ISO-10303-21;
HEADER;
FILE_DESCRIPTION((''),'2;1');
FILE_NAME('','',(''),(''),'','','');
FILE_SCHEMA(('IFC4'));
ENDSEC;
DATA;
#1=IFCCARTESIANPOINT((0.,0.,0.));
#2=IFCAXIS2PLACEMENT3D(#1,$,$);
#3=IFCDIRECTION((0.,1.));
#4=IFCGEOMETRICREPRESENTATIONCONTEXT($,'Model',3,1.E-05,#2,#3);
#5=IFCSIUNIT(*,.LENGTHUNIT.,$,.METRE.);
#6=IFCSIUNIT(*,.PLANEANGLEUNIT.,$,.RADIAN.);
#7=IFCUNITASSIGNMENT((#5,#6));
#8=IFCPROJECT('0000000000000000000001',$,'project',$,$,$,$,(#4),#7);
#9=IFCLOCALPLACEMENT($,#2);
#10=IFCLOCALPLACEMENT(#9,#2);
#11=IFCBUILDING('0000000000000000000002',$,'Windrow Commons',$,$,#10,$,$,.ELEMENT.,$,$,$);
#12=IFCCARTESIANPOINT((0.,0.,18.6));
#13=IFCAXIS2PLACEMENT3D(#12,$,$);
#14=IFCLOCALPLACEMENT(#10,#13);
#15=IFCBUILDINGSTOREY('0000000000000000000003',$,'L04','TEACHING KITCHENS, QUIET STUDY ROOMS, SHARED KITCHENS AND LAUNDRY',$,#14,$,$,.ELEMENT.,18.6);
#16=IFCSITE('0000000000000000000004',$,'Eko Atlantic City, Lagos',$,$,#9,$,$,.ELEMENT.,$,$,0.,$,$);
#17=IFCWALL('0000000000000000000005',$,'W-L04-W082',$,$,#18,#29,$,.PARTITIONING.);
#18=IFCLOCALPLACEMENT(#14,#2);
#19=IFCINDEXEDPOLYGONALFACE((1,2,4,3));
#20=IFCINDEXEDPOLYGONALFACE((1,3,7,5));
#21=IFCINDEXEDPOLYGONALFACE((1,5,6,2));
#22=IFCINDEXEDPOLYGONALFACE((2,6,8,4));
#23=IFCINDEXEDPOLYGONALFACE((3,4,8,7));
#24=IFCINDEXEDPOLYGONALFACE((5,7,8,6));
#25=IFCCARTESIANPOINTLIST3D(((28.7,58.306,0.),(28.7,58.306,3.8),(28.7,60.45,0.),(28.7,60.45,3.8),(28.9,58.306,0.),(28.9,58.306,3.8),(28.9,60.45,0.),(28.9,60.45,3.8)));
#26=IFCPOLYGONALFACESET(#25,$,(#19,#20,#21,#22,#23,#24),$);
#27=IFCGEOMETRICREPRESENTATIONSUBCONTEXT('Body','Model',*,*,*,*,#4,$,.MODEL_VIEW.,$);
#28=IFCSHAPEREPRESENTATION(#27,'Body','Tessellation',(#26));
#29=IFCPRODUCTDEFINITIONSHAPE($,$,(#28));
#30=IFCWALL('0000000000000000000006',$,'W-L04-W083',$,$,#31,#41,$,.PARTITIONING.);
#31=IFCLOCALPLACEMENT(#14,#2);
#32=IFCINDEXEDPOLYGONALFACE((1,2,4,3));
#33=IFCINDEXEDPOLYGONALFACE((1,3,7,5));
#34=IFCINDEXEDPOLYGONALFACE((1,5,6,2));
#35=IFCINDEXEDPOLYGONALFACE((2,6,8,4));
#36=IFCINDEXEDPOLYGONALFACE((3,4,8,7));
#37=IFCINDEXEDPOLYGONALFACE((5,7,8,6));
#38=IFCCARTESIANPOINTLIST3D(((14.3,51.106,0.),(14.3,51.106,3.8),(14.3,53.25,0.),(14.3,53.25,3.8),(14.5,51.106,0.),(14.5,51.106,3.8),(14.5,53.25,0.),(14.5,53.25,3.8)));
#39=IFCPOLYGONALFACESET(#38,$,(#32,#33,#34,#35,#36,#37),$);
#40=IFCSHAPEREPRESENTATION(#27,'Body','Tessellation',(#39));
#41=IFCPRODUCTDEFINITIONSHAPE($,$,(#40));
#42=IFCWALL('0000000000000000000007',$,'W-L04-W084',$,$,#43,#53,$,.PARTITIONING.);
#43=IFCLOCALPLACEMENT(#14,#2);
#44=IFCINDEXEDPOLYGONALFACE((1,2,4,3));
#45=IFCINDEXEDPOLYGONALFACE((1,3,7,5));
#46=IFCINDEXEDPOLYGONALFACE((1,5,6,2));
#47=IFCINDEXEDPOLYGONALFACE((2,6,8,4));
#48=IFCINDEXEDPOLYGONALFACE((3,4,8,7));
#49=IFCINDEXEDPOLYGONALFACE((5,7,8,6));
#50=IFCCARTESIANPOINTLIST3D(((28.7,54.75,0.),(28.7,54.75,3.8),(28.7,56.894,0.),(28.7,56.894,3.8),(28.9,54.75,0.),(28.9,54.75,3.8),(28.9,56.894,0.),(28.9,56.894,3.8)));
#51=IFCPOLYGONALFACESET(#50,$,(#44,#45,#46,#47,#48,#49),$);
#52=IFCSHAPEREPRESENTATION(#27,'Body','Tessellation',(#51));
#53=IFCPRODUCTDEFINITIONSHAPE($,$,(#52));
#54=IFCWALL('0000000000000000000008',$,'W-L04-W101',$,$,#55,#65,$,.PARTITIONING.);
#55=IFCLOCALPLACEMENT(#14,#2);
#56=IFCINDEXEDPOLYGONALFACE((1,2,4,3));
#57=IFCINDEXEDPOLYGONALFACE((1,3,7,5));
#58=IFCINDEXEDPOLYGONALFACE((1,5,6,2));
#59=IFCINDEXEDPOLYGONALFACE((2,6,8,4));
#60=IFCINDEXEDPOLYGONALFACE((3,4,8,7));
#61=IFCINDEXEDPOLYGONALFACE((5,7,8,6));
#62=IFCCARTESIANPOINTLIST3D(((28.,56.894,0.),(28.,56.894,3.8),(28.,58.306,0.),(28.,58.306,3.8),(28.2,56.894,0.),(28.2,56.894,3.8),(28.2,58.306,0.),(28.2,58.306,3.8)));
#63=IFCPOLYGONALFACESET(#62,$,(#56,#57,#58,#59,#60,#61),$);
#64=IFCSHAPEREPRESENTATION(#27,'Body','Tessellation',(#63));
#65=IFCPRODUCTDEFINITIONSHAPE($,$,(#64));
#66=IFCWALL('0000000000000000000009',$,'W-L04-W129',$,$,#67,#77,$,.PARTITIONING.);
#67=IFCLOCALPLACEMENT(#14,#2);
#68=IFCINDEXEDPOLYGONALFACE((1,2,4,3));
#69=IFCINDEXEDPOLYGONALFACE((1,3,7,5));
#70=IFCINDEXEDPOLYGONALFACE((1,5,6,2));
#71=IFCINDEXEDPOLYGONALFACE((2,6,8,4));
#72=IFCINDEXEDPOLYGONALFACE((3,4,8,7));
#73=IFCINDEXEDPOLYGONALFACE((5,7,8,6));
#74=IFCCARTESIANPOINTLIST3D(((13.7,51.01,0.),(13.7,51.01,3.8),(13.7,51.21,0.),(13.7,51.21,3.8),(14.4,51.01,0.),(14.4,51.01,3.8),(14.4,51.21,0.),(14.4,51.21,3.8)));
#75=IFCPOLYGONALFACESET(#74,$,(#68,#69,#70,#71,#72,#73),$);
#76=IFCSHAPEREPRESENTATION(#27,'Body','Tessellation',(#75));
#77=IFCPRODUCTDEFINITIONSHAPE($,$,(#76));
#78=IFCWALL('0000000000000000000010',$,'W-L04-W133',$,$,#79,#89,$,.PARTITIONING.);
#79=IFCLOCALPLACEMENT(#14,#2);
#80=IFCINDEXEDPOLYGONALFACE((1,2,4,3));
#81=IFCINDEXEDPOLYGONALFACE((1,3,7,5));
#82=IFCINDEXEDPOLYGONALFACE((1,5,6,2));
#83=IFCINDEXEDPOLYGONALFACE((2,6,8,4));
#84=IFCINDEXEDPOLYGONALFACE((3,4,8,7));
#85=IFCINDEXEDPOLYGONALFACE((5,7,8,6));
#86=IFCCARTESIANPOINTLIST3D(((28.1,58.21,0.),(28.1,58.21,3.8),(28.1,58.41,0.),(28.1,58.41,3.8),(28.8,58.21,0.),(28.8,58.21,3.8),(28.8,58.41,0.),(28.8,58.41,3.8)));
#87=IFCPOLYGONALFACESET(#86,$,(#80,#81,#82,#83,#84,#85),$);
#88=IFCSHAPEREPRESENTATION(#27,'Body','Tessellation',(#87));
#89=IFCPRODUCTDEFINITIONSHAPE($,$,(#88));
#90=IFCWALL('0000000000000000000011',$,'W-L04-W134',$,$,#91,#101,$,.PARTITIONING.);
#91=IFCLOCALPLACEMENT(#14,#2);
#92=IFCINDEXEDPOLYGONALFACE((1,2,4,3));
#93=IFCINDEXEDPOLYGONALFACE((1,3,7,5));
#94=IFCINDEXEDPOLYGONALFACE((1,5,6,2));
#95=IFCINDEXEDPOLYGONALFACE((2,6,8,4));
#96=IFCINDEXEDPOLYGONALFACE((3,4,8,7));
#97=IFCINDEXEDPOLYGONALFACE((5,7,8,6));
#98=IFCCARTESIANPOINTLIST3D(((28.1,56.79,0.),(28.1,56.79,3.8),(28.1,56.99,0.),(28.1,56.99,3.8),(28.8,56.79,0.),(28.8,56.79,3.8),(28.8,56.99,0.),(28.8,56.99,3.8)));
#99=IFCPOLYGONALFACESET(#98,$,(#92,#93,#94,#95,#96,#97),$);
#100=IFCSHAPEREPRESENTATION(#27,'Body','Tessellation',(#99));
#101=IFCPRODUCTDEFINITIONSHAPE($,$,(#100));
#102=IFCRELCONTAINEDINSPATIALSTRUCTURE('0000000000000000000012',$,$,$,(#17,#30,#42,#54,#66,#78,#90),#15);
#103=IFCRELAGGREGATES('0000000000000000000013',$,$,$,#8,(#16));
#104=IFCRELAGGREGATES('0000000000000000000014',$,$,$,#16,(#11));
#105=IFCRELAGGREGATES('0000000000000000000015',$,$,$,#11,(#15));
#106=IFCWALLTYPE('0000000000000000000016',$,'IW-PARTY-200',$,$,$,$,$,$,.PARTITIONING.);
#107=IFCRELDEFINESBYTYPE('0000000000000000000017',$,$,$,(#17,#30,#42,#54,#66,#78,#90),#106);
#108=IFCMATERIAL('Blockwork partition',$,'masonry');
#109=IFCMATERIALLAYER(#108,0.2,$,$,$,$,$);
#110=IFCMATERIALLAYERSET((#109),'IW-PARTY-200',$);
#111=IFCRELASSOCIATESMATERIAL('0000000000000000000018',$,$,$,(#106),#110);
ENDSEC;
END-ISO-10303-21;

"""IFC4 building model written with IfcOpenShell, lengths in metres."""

from ifc_helpers import new_model, si_unit, direction, frame, frame_2d, origin, place, context, subcontext, project, spatial, rectangle, extrude, material, layer, layer_set, type_object, element, save


model = new_model("IFC4")

# Units and contexts
model_context = context("Model", 3, precision=1e-05, world=origin(), true_north=direction((0.0, 1.0)))
body_context = subcontext(model_context, "Body", "Model", "MODEL_VIEW")
ifc_project = project(units=[si_unit("LENGTHUNIT", "METRE"), si_unit("PLANEANGLEUNIT", "RADIAN")], contexts=[model_context])

# Site, building, storey
site_placement = place(None, origin())
site = spatial("IfcSite", under=ifc_project, at=site_placement, Name="Eko Atlantic City, Lagos", CompositionType="ELEMENT", RefElevation=0.0)
building_placement = place(site_placement, origin())
building = spatial("IfcBuilding", under=site, at=building_placement, Name="Windrow Commons", CompositionType="ELEMENT")
storey_placement = place(building_placement, frame((0.0, 0.0, 18.6)))
storey = spatial("IfcBuildingStorey", under=building, at=storey_placement, Name="L04", Description="TEACHING KITCHENS, QUIET STUDY ROOMS, SHARED KITCHENS AND LAUNDRY", CompositionType="ELEMENT", Elevation=18.6)

# Walls
ifc_material_1 = material(Name="Blockwork partition", Category="masonry")
ifc_layer = layer(ifc_material_1, 0.2)
ifc_layer_set = layer_set([ifc_layer], Name="IW-PARTY-200")
wall_type = type_object("IfcWallType", Name="IW-PARTY-200", PredefinedType="PARTITIONING", material=ifc_layer_set)
for number, where, z_axis, x_axis, name in (
    (1, (28.8, 58.306, 0.0), (0.0, 0.0, 1.0), (0.0, 1.0, 0.0), "W-L04-W082"),
    (2, (14.4, 51.106, 0.0), (0.0, 0.0, 1.0), (0.0, 1.0, 0.0), "W-L04-W083"),
    (3, (28.8, 54.75, 0.0), (0.0, 0.0, 1.0), (0.0, 1.0, 0.0), "W-L04-W084"),
):
    element("IfcWall", number, at=place(storey_placement, frame(where, z_axis=z_axis, x_axis=x_axis)), inside=storey, type_object=wall_type, Name=name, PredefinedType="PARTITIONING", context=body_context, shape_type="SweptSolid", body=[
        extrude(rectangle(XDim=2.144, YDim=0.2, at=frame_2d((1.072, 0.0))), origin(), (0.0, 0.0, 1.0), 3.8),
    ])
wall_placement = place(storey_placement, frame((28.1, 56.894, 0.0), z_axis=(0.0, 0.0, 1.0), x_axis=(0.0, 1.0, 0.0)))
element("IfcWall", 4, at=wall_placement, inside=storey, type_object=wall_type, Name="W-L04-W101", PredefinedType="PARTITIONING", context=body_context, shape_type="SweptSolid", body=[
    extrude(rectangle(XDim=1.412, YDim=0.2, at=frame_2d((0.706, 0.0))), origin(), (0.0, 0.0, 1.0), 3.8),
])
for number, where, z_axis, x_axis, name in (
    (5, (13.7, 51.11, 0.0), (0.0, 0.0, 1.0), (1.0, 0.0, 0.0), "W-L04-W129"),
    (6, (28.1, 58.31, 0.0), (0.0, 0.0, 1.0), (1.0, 0.0, 0.0), "W-L04-W133"),
    (7, (28.1, 56.89, 0.0), (0.0, 0.0, 1.0), (1.0, 0.0, 0.0), "W-L04-W134"),
):
    element("IfcWall", number, at=place(storey_placement, frame(where, z_axis=z_axis, x_axis=x_axis)), inside=storey, type_object=wall_type, Name=name, PredefinedType="PARTITIONING", context=body_context, shape_type="SweptSolid", body=[
        extrude(rectangle(XDim=0.7, YDim=0.2, at=frame_2d((0.35, 0.0))), origin(), (0.0, 0.0, 1.0), 3.8),
    ])

save(model, "model.ifc")
